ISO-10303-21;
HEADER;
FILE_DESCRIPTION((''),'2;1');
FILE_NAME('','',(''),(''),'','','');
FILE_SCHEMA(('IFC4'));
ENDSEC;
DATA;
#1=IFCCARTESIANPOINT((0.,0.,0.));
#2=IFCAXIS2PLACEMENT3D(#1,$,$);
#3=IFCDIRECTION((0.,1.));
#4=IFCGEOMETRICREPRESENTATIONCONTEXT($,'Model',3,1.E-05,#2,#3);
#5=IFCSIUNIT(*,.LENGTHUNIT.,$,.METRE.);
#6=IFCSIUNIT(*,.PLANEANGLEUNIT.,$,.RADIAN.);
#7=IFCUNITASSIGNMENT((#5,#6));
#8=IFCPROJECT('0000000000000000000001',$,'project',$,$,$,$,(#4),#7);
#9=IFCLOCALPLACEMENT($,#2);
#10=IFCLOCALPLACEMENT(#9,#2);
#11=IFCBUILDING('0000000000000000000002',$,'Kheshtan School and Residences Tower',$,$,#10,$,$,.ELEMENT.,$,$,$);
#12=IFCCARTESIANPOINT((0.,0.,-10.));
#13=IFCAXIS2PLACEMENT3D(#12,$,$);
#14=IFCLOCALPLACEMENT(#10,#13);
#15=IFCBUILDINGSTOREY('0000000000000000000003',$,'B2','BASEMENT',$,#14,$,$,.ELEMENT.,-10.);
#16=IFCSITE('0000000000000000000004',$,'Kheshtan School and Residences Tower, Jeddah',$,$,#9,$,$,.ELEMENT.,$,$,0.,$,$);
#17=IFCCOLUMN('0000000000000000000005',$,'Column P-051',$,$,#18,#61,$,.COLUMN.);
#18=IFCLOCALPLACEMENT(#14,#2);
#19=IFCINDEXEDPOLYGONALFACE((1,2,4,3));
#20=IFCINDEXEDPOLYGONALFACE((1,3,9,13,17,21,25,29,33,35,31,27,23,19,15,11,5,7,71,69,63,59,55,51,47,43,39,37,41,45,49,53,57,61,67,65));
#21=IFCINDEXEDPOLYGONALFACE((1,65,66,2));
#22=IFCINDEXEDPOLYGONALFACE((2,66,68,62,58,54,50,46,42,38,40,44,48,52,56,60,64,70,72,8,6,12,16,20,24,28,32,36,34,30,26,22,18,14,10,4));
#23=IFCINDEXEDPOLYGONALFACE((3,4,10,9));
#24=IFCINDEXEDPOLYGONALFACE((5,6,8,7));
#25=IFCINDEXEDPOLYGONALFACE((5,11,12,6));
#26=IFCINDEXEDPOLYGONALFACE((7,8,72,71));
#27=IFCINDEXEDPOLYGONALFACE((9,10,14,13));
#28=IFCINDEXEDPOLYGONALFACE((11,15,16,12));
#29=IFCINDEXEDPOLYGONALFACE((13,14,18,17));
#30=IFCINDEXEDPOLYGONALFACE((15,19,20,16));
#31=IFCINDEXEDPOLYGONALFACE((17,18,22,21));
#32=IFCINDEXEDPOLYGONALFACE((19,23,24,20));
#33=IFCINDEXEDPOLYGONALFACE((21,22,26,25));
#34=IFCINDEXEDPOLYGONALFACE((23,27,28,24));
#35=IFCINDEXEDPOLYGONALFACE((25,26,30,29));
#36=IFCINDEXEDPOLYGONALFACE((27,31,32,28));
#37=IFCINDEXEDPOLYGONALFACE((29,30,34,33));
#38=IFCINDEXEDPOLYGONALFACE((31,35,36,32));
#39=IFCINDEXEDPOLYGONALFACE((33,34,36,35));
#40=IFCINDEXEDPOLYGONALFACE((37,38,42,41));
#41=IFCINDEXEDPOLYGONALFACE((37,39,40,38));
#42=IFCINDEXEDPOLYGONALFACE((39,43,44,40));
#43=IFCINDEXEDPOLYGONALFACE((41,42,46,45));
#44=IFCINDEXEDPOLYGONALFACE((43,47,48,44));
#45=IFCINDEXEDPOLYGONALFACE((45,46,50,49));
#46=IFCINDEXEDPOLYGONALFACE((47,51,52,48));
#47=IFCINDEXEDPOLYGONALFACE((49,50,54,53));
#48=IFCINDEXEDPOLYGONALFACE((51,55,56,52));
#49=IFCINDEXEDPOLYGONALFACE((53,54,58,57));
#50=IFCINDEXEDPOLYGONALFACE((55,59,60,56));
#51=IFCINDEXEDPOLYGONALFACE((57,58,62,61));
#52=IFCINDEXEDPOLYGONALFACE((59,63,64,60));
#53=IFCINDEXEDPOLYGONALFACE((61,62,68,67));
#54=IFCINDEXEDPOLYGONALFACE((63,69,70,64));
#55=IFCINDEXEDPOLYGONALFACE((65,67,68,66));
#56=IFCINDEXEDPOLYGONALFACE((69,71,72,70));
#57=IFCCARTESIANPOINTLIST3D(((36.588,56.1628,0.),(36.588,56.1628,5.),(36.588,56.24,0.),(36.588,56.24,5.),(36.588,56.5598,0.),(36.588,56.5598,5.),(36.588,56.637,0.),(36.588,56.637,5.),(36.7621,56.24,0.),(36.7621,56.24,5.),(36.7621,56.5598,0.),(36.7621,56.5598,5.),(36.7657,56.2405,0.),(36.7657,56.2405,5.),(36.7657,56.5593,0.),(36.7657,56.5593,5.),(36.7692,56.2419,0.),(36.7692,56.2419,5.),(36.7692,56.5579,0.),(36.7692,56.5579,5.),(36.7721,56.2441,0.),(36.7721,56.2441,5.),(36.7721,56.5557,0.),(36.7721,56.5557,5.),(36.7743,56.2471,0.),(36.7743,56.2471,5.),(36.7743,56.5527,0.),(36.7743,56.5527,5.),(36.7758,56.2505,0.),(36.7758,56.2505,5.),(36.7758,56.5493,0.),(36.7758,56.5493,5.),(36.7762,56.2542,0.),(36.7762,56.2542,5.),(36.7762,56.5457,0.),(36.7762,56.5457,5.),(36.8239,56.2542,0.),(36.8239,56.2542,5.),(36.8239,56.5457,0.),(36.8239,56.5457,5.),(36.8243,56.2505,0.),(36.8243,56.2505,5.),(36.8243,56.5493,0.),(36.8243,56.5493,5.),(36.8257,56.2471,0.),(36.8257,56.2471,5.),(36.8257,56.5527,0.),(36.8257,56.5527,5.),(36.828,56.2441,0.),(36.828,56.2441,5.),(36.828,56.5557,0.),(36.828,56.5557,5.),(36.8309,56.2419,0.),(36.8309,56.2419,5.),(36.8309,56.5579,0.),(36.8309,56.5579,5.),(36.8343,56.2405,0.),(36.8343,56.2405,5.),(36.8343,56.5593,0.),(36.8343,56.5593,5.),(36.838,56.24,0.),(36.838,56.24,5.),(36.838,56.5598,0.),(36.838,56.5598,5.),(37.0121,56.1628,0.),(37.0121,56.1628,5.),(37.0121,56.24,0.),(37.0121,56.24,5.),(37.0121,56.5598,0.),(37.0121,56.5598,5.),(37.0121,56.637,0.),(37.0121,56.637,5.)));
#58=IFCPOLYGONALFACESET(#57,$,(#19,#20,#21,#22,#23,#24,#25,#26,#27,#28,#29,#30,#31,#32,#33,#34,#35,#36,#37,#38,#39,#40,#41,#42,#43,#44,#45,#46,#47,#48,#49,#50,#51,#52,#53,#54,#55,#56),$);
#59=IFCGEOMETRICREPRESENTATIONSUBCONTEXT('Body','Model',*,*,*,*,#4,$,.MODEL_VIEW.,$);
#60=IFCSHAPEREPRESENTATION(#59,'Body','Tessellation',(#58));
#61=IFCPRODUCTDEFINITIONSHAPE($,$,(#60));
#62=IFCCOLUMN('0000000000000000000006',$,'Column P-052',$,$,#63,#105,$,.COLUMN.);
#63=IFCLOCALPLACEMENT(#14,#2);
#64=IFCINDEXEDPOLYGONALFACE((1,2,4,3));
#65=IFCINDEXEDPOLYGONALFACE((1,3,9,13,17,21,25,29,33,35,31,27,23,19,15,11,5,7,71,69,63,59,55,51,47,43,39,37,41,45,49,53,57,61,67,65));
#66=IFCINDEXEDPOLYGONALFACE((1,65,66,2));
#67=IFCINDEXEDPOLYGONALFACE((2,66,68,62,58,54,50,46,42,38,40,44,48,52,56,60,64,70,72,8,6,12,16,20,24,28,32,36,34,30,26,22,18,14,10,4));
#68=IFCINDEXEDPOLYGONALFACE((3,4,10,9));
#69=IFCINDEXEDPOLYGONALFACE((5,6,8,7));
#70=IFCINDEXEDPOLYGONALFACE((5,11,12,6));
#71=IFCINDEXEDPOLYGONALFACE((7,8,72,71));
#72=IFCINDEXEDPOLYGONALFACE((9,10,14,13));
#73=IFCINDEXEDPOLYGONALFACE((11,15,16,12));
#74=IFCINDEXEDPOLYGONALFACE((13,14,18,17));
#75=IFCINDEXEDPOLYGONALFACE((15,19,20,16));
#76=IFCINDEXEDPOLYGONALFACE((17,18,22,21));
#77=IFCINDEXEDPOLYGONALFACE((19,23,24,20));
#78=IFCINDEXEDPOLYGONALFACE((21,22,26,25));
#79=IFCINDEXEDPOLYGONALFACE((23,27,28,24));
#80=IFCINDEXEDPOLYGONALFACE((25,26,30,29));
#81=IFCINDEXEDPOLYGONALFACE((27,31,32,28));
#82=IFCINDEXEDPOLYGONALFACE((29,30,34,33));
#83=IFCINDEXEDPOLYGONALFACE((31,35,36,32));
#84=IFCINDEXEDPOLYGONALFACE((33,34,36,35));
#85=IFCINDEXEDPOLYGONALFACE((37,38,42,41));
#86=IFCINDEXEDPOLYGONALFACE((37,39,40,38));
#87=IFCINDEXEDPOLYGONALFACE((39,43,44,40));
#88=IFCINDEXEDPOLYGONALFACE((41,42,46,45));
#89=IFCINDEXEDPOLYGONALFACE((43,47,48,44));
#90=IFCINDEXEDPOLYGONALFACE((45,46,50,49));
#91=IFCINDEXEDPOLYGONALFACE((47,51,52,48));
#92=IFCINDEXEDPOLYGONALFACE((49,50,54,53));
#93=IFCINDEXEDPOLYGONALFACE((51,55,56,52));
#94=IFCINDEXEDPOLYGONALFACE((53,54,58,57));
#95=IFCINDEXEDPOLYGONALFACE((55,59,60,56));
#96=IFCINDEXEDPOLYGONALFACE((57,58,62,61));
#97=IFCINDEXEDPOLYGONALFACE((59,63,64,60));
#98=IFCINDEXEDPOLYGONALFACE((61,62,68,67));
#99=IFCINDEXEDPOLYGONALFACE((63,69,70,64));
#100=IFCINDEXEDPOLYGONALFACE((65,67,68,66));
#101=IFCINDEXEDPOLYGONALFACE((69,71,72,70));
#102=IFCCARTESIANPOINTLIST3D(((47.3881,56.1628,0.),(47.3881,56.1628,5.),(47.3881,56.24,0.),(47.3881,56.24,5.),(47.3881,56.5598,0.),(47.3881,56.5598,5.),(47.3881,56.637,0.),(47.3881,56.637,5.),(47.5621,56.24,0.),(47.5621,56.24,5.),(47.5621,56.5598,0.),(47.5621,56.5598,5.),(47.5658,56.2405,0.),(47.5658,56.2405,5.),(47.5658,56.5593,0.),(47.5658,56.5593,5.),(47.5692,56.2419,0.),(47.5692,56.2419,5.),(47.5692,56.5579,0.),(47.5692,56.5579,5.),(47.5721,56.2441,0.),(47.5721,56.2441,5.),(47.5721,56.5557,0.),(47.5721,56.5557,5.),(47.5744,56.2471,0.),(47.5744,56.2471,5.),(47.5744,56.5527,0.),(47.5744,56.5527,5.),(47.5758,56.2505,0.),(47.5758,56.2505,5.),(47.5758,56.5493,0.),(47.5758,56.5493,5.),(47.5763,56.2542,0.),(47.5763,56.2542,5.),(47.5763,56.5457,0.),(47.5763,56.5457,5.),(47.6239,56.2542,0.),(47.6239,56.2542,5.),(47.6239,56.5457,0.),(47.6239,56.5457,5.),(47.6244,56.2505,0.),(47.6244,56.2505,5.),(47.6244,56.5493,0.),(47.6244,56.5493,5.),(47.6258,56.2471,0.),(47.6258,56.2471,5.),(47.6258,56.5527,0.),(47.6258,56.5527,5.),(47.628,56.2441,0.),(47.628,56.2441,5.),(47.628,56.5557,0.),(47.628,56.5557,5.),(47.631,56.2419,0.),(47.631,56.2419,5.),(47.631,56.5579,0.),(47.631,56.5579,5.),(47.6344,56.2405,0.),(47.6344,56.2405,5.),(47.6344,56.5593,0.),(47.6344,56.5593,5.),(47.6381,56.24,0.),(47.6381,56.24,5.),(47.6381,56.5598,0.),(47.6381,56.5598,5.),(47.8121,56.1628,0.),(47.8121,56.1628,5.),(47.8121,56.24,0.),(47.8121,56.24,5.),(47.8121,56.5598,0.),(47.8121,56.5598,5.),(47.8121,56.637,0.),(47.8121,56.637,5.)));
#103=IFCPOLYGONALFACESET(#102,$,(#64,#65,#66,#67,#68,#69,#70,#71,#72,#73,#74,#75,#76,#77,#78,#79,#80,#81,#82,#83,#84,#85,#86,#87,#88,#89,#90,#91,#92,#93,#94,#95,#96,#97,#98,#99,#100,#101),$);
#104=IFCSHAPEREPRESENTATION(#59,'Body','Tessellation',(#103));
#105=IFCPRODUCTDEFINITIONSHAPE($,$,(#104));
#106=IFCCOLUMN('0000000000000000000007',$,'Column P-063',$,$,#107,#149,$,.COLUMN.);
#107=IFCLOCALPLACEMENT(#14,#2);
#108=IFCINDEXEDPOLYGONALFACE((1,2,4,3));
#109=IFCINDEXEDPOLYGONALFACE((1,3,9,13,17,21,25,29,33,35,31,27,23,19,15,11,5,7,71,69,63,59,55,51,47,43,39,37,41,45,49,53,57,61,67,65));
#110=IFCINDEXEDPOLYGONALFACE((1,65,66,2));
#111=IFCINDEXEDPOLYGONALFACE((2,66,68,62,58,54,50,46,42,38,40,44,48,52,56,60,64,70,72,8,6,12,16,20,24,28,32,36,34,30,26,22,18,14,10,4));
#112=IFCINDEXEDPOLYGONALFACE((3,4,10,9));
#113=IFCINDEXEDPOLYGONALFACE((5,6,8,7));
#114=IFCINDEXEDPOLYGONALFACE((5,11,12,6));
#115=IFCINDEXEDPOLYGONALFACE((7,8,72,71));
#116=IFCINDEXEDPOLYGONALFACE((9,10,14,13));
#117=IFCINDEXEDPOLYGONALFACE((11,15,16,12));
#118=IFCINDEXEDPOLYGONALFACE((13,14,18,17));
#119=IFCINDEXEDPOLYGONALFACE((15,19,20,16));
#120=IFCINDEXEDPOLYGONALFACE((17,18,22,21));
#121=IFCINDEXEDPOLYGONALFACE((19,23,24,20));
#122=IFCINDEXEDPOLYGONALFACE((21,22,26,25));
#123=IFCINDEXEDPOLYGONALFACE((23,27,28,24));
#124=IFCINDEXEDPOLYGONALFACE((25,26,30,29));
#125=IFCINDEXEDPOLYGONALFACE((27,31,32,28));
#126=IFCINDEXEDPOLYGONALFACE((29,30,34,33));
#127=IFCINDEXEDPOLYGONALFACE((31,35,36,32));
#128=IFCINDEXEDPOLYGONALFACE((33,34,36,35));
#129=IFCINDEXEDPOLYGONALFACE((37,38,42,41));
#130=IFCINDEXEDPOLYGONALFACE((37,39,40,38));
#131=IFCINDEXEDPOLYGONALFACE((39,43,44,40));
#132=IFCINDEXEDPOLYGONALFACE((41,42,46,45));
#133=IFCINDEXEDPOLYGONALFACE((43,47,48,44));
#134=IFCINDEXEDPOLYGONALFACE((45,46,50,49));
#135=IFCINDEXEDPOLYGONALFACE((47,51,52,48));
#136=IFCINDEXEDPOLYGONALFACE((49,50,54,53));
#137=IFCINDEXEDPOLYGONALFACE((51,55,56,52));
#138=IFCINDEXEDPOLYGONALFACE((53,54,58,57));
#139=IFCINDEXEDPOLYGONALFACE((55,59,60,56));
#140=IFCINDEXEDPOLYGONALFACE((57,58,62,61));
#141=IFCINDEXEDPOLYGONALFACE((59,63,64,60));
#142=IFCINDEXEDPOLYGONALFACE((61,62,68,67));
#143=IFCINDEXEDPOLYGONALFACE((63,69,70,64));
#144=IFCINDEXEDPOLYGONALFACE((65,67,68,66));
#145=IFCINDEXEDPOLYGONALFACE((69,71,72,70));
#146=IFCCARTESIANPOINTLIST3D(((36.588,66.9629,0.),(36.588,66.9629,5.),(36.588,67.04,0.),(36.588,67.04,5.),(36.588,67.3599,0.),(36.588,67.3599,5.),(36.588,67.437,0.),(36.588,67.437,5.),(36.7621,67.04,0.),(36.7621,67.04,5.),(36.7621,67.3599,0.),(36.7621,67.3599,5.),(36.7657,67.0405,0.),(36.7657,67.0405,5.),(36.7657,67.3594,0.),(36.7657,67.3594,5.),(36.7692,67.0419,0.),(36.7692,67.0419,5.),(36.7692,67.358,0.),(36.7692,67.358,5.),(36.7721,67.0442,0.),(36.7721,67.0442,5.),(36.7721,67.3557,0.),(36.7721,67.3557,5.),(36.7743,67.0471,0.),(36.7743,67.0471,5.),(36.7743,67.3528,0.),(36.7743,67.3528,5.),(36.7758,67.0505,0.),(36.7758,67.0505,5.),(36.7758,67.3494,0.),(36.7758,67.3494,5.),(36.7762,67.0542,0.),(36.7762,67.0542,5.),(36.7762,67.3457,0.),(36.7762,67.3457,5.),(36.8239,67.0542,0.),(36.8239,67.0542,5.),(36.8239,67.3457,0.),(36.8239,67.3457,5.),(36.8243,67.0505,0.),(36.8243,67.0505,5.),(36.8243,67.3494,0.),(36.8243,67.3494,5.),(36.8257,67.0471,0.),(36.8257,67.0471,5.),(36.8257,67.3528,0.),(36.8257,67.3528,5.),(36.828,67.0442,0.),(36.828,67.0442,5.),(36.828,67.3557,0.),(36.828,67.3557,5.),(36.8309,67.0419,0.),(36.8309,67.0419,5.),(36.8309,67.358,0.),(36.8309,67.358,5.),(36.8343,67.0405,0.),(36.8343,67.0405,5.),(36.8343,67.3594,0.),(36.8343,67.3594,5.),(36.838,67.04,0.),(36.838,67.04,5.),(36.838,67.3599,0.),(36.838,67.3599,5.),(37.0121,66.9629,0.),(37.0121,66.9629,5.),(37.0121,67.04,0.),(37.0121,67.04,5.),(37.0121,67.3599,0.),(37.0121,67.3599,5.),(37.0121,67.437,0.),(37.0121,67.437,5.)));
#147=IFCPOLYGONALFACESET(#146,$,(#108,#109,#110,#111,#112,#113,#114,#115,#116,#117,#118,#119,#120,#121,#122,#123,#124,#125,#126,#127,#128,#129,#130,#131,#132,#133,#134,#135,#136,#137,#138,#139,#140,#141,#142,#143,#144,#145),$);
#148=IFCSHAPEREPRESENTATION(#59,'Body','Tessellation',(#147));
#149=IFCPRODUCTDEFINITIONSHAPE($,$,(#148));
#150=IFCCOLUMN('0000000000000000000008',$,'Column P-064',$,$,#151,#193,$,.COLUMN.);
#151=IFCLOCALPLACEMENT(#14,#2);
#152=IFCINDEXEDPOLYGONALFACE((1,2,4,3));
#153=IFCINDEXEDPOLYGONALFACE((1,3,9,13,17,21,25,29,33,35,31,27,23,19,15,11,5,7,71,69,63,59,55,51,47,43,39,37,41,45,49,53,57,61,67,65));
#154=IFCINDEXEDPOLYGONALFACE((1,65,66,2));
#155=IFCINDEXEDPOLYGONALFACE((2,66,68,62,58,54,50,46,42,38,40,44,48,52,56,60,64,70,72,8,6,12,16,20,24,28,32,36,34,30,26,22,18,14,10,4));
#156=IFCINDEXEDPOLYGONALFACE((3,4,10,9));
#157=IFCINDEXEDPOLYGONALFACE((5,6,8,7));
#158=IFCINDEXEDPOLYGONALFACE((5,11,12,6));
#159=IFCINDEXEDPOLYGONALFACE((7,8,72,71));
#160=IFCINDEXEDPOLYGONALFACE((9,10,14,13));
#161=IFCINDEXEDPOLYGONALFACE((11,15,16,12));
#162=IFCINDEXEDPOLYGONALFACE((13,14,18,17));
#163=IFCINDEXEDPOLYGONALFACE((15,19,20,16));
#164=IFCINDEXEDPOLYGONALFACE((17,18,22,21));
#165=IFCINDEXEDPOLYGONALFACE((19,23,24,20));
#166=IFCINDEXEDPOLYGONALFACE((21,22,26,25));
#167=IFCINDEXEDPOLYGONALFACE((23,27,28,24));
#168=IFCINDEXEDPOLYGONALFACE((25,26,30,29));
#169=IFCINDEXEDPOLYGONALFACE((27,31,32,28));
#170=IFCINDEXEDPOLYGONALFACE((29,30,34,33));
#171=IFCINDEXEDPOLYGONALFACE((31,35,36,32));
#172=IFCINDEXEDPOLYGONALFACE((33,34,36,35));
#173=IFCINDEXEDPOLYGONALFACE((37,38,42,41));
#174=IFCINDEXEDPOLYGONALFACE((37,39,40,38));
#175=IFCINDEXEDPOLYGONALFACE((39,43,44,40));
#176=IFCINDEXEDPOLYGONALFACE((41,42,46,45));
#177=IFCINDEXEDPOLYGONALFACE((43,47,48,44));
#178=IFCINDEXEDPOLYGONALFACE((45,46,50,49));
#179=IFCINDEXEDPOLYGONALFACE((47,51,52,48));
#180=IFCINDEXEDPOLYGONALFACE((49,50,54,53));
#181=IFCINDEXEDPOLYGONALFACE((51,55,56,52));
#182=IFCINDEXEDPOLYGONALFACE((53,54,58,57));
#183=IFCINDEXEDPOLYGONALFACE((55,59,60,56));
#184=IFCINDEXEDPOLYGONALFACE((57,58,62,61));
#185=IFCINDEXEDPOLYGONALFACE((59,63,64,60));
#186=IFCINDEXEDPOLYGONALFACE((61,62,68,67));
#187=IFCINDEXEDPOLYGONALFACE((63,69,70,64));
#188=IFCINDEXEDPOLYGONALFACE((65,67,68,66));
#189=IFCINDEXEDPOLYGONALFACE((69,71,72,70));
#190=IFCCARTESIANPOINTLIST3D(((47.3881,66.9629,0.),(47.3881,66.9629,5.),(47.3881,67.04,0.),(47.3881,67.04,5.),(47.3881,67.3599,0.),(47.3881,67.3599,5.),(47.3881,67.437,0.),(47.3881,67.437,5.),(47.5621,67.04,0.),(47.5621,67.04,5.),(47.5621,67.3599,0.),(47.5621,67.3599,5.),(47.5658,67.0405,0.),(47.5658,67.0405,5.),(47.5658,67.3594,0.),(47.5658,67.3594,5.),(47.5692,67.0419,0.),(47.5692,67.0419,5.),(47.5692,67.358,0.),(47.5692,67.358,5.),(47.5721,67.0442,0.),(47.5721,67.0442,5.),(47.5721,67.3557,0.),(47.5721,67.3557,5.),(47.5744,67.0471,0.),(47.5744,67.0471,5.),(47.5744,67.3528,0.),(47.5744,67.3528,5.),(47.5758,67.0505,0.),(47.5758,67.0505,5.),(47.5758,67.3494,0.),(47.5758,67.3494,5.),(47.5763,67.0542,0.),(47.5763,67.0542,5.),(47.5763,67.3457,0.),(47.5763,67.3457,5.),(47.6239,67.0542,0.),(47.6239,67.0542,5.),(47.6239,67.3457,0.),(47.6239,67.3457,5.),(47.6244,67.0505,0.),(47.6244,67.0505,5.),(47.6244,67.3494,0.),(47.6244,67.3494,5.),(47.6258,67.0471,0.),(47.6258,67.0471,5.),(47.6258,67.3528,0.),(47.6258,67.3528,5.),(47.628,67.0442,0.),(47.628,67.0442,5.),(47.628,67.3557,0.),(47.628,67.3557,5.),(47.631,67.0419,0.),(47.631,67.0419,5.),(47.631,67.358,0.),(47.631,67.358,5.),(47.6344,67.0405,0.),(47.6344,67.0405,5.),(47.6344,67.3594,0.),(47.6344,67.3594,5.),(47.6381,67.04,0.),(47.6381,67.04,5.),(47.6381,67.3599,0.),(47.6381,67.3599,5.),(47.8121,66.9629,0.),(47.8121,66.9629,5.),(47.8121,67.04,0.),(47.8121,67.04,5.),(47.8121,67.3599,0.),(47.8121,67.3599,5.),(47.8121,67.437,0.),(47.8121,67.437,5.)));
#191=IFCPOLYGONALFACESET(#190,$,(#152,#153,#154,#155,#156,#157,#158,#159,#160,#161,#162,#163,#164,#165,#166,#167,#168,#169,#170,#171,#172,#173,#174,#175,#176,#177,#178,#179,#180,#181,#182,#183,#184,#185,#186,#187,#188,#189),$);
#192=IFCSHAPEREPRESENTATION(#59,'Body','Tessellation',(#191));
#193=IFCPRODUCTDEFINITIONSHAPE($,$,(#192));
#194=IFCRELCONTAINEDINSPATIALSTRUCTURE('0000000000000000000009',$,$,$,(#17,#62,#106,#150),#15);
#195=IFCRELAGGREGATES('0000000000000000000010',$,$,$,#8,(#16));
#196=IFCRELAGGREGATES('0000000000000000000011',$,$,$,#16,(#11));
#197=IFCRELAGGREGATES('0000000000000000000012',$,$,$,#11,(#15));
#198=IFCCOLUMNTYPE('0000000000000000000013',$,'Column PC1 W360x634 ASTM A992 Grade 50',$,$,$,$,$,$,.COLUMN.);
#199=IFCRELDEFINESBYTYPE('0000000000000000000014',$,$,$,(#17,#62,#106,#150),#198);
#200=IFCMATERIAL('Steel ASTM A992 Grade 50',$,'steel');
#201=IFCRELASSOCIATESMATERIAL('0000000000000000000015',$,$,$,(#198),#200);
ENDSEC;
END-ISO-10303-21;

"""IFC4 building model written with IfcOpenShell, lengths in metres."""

from ifc_helpers import new_model, si_unit, direction, frame, origin, origin_2d, place, context, subcontext, project, spatial, i_section, extrude, material, material_profile, profile_set, type_object, element, save


model = new_model("IFC4")

# Units and contexts
model_context = context("Model", 3, precision=1e-05, world=origin(), true_north=direction((0.0, 1.0)))
body_context = subcontext(model_context, "Body", "Model", "MODEL_VIEW")
ifc_project = project(units=[si_unit("LENGTHUNIT", "METRE"), si_unit("PLANEANGLEUNIT", "RADIAN")], contexts=[model_context])

# Site, building, storey
site_placement = place(None, origin())
site = spatial("IfcSite", under=ifc_project, at=site_placement, Name="Kheshtan School and Residences Tower, Jeddah", CompositionType="ELEMENT", RefElevation=0.0)
building_placement = place(site_placement, origin())
building = spatial("IfcBuilding", under=site, at=building_placement, Name="Kheshtan School and Residences Tower", CompositionType="ELEMENT")
storey_placement = place(building_placement, frame((0.0, 0.0, -10.0)))
storey = spatial("IfcBuildingStorey", under=building, at=storey_placement, Name="B2", Description="BASEMENT", CompositionType="ELEMENT", Elevation=-10.0)

# Columns
ifc_material_1 = material(Name="Steel ASTM A992 Grade 50", Category="steel")
ifc_material_profile_1 = material_profile(ifc_material_1, i_section(OverallWidth=0.4241, OverallDepth=0.4741, WebThickness=0.0476, FlangeThickness=0.0771, FilletRadius=0.0142, at=origin_2d()), Name="W360x634")
ifc_profile_set_1 = profile_set([ifc_material_profile_1], Name="Steel ASTM A992 Grade 50")
column_type = type_object("IfcColumnType", Name="Column PC1 W360x634 ASTM A992 Grade 50", PredefinedType="COLUMN", material=ifc_profile_set_1)
for number, where, z_axis, x_axis, name in (
    (1, (36.8, 56.3999, 0.0), (0.0, 0.0, 1.0), (1.0, 0.0, 0.0), "Column P-051"),
    (2, (47.6001, 56.3999, 0.0), (0.0, 0.0, 1.0), (1.0, 0.0, 0.0), "Column P-052"),
    (3, (36.8, 67.2, 0.0), (0.0, 0.0, 1.0), (1.0, 0.0, 0.0), "Column P-063"),
    (4, (47.6001, 67.2, 0.0), (0.0, 0.0, 1.0), (1.0, 0.0, 0.0), "Column P-064"),
):
    element("IfcColumn", number, at=place(storey_placement, frame(where, z_axis=z_axis, x_axis=x_axis)), inside=storey, type_object=column_type, Name=name, PredefinedType="COLUMN", context=body_context, shape_type="SweptSolid", body=[
        extrude(i_section(OverallWidth=0.4241, OverallDepth=0.4741, WebThickness=0.0476, FlangeThickness=0.0771, FilletRadius=0.0142, at=origin_2d()), origin(), (0.0, 0.0, 1.0), 5.0),
    ])

save(model, "model.ifc")
